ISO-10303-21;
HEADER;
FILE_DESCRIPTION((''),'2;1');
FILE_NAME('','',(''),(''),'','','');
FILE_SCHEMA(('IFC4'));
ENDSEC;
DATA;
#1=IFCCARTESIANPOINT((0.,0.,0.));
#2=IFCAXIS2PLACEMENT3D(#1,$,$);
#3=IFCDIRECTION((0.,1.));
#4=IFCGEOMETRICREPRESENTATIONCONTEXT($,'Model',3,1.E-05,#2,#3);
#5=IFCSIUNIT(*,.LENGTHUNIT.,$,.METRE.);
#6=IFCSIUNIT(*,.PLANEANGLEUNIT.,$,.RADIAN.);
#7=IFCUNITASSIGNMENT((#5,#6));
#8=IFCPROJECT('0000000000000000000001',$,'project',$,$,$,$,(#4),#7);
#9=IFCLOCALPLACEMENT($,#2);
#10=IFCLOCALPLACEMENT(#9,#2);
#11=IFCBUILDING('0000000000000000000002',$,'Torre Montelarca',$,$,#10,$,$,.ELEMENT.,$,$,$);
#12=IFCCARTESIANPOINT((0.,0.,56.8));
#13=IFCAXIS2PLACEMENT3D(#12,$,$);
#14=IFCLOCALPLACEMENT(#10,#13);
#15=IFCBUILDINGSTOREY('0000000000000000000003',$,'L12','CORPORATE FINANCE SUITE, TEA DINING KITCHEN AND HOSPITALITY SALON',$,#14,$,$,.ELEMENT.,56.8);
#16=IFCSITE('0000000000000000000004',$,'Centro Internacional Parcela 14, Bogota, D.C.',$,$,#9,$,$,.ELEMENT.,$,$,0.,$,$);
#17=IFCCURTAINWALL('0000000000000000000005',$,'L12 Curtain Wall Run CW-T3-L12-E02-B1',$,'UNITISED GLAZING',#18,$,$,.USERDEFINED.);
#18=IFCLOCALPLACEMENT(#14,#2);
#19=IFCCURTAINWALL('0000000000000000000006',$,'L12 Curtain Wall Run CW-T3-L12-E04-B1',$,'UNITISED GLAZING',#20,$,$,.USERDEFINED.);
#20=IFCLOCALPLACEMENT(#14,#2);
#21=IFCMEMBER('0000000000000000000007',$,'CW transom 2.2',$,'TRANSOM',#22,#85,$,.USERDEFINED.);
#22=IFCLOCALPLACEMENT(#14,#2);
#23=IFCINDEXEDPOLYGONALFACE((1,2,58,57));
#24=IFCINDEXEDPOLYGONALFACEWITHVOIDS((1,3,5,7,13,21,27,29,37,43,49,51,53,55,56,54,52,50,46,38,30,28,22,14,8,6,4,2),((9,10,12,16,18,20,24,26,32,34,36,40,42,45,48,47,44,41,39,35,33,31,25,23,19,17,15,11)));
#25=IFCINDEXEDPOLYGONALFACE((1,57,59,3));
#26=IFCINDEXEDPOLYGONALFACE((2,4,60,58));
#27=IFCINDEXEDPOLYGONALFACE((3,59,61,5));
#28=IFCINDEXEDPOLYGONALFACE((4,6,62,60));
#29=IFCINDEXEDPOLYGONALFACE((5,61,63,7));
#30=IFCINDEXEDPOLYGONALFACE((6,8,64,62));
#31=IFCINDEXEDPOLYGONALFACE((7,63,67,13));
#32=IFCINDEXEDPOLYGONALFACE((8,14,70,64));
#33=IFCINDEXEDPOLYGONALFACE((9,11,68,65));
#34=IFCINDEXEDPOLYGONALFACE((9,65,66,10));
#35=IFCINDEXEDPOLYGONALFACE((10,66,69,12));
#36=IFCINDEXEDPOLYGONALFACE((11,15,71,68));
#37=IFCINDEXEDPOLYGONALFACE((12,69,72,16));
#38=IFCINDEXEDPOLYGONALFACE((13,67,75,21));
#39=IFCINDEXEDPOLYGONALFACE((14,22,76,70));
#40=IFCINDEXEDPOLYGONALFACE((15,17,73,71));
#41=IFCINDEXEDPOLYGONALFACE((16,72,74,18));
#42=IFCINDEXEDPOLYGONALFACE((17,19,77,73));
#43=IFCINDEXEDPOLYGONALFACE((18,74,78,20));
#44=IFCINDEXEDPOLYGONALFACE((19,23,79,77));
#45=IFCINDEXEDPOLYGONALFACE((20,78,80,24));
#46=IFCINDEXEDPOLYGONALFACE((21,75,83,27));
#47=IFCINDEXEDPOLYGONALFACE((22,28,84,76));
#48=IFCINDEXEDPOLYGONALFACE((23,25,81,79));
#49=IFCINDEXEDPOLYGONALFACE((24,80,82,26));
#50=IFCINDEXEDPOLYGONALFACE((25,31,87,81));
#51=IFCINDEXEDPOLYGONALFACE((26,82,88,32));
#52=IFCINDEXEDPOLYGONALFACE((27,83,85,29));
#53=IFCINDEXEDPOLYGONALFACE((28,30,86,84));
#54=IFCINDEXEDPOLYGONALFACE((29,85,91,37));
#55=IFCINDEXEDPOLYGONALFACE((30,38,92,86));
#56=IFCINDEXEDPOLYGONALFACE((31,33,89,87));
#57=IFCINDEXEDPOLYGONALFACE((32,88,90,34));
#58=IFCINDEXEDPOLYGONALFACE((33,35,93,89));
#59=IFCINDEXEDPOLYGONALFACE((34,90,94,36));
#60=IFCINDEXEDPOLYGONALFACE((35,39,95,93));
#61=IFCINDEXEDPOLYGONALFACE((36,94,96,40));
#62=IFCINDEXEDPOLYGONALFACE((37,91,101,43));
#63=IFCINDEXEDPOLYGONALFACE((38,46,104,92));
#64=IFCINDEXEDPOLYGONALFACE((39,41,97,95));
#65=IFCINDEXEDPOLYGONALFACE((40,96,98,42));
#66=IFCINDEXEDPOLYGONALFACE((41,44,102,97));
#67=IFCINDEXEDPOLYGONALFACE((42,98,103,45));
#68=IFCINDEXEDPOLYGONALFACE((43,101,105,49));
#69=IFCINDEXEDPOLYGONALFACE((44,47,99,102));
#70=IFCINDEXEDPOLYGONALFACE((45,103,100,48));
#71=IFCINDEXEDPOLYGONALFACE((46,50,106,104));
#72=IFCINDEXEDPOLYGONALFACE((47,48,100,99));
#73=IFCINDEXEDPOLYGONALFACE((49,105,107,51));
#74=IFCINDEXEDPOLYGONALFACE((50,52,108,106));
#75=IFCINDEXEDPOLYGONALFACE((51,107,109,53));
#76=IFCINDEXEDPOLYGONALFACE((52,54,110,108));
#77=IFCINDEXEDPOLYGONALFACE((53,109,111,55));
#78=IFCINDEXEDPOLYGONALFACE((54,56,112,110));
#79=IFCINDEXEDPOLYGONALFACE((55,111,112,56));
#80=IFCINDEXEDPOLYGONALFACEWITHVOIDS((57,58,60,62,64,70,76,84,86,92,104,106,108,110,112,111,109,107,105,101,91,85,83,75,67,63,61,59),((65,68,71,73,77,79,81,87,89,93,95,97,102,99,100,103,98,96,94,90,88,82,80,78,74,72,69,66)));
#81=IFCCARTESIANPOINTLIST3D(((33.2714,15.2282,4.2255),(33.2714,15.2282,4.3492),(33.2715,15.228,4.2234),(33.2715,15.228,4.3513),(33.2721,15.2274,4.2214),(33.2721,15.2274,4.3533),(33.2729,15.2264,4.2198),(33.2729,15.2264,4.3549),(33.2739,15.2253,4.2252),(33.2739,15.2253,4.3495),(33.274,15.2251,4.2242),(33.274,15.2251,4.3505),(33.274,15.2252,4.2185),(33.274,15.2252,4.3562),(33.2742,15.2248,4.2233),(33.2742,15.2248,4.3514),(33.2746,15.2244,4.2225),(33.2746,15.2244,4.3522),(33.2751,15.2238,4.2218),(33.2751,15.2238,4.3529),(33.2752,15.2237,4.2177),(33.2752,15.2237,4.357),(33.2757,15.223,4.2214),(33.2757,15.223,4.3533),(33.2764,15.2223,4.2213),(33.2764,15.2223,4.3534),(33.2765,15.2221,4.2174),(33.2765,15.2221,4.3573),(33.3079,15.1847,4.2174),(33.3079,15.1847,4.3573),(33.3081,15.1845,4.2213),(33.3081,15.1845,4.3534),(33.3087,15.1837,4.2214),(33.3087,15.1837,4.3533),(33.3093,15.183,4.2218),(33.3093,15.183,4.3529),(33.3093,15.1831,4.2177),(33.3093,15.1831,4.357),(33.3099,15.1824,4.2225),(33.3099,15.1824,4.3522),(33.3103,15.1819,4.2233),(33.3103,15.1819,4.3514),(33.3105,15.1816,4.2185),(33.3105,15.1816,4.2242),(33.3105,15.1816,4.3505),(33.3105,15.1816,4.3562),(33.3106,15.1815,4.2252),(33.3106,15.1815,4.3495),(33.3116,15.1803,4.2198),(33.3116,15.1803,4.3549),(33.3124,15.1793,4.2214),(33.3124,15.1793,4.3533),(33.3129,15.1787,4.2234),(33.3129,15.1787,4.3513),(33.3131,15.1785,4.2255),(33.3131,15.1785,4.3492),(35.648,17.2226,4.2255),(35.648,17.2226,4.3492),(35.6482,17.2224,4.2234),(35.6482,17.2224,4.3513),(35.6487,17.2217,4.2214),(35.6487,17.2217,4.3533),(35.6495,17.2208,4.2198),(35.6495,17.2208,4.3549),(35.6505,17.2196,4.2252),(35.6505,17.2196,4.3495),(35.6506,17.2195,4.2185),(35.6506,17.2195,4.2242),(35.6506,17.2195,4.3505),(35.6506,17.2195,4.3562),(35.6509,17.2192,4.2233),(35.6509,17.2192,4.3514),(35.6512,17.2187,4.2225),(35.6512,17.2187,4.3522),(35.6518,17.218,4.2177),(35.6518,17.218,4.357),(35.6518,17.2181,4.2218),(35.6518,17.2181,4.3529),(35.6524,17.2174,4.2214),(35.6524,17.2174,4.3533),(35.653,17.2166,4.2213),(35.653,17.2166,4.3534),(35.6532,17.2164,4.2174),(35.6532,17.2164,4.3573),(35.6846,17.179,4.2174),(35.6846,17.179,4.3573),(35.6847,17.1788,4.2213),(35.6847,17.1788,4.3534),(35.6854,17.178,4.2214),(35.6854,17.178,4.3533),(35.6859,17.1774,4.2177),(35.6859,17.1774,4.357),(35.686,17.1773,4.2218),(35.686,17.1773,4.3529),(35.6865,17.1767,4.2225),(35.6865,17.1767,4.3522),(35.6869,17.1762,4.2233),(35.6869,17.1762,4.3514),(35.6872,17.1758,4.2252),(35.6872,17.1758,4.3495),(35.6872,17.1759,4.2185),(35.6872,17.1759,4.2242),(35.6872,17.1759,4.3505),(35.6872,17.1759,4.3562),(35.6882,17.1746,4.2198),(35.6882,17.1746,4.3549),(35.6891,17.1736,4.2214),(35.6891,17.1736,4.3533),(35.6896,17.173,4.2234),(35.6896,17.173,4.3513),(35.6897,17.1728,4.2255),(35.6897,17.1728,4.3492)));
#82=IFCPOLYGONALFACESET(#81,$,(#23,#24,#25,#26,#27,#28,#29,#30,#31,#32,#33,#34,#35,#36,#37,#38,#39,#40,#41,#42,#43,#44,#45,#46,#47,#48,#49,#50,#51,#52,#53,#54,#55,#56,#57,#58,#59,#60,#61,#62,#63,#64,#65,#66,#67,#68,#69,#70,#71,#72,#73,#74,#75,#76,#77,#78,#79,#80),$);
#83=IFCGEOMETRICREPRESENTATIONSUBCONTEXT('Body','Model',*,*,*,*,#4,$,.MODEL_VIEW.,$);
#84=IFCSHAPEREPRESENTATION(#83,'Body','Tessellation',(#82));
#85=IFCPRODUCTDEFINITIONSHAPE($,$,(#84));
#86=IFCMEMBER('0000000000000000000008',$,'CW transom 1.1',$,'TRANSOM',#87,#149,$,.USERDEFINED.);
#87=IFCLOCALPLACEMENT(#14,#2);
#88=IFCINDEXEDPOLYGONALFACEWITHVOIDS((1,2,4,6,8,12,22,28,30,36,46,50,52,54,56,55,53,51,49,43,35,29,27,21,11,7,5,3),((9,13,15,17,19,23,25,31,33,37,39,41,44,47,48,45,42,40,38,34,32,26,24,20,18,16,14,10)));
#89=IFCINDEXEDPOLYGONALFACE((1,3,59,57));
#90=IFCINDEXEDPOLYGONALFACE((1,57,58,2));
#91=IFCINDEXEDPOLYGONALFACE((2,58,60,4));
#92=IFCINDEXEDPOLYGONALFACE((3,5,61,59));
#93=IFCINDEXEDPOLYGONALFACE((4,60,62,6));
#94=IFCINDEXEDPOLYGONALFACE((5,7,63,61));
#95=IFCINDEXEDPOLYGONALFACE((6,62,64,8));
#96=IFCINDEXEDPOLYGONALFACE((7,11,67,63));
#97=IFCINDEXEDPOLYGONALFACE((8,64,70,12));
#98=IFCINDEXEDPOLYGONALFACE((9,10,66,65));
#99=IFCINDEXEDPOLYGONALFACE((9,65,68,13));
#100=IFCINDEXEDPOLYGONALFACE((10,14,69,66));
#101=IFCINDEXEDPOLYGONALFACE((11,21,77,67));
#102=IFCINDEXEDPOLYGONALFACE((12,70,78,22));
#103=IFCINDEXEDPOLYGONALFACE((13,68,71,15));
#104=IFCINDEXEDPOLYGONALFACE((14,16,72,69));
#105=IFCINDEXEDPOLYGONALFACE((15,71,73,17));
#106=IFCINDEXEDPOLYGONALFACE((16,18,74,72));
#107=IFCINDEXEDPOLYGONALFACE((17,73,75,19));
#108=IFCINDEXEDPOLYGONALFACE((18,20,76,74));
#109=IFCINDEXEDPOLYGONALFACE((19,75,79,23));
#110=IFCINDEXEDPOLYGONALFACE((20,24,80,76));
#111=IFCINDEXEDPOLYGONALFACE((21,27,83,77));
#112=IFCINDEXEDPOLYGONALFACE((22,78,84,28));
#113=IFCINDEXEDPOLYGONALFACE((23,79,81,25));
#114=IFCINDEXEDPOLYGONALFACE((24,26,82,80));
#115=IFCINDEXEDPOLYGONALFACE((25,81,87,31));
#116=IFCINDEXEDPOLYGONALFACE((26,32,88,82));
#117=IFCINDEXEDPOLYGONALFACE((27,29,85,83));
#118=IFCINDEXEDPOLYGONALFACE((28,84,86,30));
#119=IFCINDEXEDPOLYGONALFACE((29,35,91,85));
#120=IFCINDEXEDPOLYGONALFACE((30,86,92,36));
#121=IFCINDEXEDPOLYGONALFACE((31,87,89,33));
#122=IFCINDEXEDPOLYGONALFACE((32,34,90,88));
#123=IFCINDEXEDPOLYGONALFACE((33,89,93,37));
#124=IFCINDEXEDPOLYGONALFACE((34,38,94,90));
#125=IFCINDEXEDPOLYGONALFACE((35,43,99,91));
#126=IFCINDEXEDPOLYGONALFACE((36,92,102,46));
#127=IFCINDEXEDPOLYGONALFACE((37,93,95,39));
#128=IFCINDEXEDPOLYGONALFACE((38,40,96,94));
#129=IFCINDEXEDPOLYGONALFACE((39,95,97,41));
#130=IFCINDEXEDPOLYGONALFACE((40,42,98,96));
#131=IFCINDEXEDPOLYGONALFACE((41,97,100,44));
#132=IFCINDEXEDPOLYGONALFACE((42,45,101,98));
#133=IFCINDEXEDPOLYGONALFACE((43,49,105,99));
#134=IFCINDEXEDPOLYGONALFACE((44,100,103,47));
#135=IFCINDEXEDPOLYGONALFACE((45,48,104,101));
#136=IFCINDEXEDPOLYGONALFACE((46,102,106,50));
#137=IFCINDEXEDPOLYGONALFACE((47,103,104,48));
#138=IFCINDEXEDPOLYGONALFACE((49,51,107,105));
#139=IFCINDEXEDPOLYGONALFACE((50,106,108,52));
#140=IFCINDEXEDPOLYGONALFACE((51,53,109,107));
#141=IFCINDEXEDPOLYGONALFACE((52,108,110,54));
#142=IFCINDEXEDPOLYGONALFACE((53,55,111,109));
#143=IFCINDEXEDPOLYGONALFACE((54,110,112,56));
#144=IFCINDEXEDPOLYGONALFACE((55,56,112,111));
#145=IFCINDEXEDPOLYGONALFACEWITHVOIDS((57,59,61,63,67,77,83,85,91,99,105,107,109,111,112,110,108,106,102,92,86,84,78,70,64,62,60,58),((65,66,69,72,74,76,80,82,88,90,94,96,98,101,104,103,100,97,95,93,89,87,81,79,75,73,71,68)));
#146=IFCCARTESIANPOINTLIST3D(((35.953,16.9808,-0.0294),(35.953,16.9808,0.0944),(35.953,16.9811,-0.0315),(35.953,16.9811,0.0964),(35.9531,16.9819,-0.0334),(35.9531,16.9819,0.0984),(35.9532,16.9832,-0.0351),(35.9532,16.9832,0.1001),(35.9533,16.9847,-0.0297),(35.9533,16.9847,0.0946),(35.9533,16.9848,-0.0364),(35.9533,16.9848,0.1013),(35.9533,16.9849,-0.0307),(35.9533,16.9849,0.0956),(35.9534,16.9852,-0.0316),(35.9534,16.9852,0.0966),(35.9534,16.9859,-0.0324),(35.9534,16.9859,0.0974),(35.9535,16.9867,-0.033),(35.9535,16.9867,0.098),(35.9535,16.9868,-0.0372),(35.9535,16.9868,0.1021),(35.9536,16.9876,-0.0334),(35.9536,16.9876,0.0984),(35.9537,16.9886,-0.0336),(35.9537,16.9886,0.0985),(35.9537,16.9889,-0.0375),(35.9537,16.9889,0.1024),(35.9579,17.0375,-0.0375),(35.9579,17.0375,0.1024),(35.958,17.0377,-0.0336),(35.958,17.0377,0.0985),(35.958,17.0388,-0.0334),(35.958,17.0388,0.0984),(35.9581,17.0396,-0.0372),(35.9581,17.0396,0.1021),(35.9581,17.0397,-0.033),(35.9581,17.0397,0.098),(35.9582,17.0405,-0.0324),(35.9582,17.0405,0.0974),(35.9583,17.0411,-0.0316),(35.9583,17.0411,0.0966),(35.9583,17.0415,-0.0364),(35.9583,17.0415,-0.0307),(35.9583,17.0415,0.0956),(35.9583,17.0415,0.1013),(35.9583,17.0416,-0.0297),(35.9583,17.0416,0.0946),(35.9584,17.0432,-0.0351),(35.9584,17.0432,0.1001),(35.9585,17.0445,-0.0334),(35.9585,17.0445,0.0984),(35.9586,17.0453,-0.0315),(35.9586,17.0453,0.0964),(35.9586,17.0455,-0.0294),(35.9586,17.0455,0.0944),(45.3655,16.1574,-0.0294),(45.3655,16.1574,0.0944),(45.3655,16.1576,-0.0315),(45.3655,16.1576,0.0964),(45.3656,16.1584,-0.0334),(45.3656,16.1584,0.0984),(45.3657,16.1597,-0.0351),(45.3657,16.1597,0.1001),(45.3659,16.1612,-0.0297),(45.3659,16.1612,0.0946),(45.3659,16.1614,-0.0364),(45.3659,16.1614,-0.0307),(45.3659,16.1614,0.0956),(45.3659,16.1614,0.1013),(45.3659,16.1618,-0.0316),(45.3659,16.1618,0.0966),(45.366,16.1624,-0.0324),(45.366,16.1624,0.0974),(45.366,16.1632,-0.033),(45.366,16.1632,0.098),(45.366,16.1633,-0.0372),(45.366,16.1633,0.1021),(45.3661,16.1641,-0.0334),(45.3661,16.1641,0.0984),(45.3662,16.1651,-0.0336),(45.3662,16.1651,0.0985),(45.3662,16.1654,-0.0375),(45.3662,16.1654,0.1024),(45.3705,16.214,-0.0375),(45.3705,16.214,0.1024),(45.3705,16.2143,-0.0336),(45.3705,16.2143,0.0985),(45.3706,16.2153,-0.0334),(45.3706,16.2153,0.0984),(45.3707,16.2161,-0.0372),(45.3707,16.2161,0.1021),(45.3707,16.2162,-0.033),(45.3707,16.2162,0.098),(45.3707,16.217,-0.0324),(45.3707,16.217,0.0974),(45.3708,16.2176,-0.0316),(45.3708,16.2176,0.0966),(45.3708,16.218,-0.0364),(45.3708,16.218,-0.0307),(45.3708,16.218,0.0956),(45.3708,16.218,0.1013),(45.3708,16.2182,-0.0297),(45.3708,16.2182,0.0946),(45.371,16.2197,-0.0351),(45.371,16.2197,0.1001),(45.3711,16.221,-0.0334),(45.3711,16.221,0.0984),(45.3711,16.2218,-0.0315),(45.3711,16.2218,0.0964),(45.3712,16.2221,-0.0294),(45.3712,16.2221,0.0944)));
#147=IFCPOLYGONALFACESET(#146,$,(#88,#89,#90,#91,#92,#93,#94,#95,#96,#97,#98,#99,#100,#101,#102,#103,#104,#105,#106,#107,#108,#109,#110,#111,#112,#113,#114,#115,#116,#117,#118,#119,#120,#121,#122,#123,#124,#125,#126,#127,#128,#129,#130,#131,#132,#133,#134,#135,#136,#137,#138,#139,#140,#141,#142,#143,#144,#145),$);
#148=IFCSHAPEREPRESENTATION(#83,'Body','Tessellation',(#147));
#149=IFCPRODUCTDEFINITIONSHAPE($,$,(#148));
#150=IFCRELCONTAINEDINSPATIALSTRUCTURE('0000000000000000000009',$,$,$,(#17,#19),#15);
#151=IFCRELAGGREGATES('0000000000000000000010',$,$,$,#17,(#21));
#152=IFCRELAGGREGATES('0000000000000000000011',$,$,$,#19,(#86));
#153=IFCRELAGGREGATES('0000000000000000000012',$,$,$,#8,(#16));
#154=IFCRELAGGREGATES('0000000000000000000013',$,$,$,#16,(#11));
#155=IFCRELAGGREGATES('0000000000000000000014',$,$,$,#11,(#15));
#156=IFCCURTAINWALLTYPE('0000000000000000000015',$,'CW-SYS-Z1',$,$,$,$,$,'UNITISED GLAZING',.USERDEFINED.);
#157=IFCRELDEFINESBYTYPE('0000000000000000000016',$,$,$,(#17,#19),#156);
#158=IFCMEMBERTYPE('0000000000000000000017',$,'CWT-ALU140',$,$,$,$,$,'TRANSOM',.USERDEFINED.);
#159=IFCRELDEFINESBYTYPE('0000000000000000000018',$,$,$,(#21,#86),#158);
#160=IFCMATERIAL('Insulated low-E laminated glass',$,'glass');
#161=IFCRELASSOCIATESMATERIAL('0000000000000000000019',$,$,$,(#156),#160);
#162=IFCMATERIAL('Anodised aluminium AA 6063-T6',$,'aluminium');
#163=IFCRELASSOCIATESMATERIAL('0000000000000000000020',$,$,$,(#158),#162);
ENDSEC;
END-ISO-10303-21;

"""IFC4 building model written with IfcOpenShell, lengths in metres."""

from ifc_helpers import new_model, si_unit, direction, frame, origin, origin_2d, place, context, subcontext, project, spatial, hollow_rectangle, extrude, source, transform, mapped, material, material_profile, profile_set, type_object, element, aggregate, save


model = new_model("IFC4")

# Units and contexts
model_context = context("Model", 3, precision=1e-05, world=origin(), true_north=direction((0.0, 1.0)))
body_context = subcontext(model_context, "Body", "Model", "MODEL_VIEW")
ifc_project = project(units=[si_unit("LENGTHUNIT", "METRE"), si_unit("PLANEANGLEUNIT", "RADIAN")], contexts=[model_context])

# Site, building, storey
site_placement = place(None, origin())
site = spatial("IfcSite", under=ifc_project, at=site_placement, Name="Centro Internacional Parcela 14, Bogota, D.C.", CompositionType="ELEMENT", RefElevation=0.0)
building_placement = place(site_placement, origin())
building = spatial("IfcBuilding", under=site, at=building_placement, Name="Torre Montelarca", CompositionType="ELEMENT")
storey_placement = place(building_placement, frame((0.0, 0.0, 56.8)))
storey = spatial("IfcBuildingStorey", under=building, at=storey_placement, Name="L12", Description="CORPORATE FINANCE SUITE, TEA DINING KITCHEN AND HOSPITALITY SALON", CompositionType="ELEMENT", Elevation=56.8)

# Shared definitions
ifc_material_1 = material(Name="Insulated low-E laminated glass", Category="glass")
curtain_wall_type = type_object("IfcCurtainWallType", Name="CW-SYS-Z1", ElementType="UNITISED GLAZING", PredefinedType="USERDEFINED", material=ifc_material_1)
ifc_material_2 = material(Name="Anodised aluminium AA 6063-T6", Category="aluminium")

# Curtain walls
curtain_wall_1_placement = place(storey_placement, origin())
curtain_wall_1 = element("IfcCurtainWall", 1, at=curtain_wall_1_placement, inside=storey, type_object=curtain_wall_type, Name="L12 Curtain Wall Run CW-T3-L12-E02-B1", ObjectType="UNITISED GLAZING", PredefinedType="USERDEFINED")
curtain_wall_2_placement = place(storey_placement, origin())
curtain_wall_2 = element("IfcCurtainWall", 2, at=curtain_wall_2_placement, inside=storey, type_object=curtain_wall_type, Name="L12 Curtain Wall Run CW-T3-L12-E04-B1", ObjectType="UNITISED GLAZING", PredefinedType="USERDEFINED")

# Members
ifc_material_profile_1 = material_profile(ifc_material_2, hollow_rectangle(XDim=0.0649, YDim=0.1399, WallThickness=0.0039, InnerFilletRadius=0.0039, OuterFilletRadius=0.0081, at=origin_2d()), Name="ALU65X140X4", Category="aluminium")
ifc_profile_set_1 = profile_set([ifc_material_profile_1], Name="Anodised aluminium AA 6063-T6")
member_type_1 = type_object("IfcMemberType", Name="CWT-ALU140", ElementType="TRANSOM", PredefinedType="USERDEFINED", material=ifc_profile_set_1)
shared_shape_1 = source(origin(), body_context, "Body", "SweptSolid", [
    extrude(hollow_rectangle(XDim=0.0649, YDim=0.1399, WallThickness=0.0039, InnerFilletRadius=0.0039, OuterFilletRadius=0.0081, at=origin_2d()), origin(), (0.0, 0.0, 1.0), 3.1025),
])
member_1_placement = place(storey_placement, frame((33.2922, 15.2034, 4.2874), z_axis=(0.76603, 0.642804, 0.0), x_axis=(-0.642804, 0.76603, 0.0)))
member_1 = element("IfcMember", 3, at=member_1_placement, type_object=member_type_1, Name="CW transom 2.2", ObjectType="TRANSOM", PredefinedType="USERDEFINED", context=body_context, shape_type="MappedRepresentation", body=[
    mapped(shared_shape_1, transform((0.0, 0.0, 0.0), scale=1.0)),
])
shared_shape_2 = source(origin(), body_context, "Body", "SweptSolid", [
    extrude(hollow_rectangle(XDim=0.0649, YDim=0.1399, WallThickness=0.0039, InnerFilletRadius=0.0039, OuterFilletRadius=0.0081, at=origin_2d()), origin(), (0.0, 0.0, 1.0), 9.4485),
])
member_2_placement = place(storey_placement, frame((35.9558, 17.0132, 0.0325), z_axis=(0.996195, -0.087155, 0.0), x_axis=(0.087155, 0.996195, 0.0)))
member_2 = element("IfcMember", 4, at=member_2_placement, type_object=member_type_1, Name="CW transom 1.1", ObjectType="TRANSOM", PredefinedType="USERDEFINED", context=body_context, shape_type="MappedRepresentation", body=[
    mapped(shared_shape_2, transform((0.0, 0.0, 0.0), scale=1.0)),
])

aggregate(curtain_wall_1, [member_1])
aggregate(curtain_wall_2, [member_2])

save(model, "model.ifc")
